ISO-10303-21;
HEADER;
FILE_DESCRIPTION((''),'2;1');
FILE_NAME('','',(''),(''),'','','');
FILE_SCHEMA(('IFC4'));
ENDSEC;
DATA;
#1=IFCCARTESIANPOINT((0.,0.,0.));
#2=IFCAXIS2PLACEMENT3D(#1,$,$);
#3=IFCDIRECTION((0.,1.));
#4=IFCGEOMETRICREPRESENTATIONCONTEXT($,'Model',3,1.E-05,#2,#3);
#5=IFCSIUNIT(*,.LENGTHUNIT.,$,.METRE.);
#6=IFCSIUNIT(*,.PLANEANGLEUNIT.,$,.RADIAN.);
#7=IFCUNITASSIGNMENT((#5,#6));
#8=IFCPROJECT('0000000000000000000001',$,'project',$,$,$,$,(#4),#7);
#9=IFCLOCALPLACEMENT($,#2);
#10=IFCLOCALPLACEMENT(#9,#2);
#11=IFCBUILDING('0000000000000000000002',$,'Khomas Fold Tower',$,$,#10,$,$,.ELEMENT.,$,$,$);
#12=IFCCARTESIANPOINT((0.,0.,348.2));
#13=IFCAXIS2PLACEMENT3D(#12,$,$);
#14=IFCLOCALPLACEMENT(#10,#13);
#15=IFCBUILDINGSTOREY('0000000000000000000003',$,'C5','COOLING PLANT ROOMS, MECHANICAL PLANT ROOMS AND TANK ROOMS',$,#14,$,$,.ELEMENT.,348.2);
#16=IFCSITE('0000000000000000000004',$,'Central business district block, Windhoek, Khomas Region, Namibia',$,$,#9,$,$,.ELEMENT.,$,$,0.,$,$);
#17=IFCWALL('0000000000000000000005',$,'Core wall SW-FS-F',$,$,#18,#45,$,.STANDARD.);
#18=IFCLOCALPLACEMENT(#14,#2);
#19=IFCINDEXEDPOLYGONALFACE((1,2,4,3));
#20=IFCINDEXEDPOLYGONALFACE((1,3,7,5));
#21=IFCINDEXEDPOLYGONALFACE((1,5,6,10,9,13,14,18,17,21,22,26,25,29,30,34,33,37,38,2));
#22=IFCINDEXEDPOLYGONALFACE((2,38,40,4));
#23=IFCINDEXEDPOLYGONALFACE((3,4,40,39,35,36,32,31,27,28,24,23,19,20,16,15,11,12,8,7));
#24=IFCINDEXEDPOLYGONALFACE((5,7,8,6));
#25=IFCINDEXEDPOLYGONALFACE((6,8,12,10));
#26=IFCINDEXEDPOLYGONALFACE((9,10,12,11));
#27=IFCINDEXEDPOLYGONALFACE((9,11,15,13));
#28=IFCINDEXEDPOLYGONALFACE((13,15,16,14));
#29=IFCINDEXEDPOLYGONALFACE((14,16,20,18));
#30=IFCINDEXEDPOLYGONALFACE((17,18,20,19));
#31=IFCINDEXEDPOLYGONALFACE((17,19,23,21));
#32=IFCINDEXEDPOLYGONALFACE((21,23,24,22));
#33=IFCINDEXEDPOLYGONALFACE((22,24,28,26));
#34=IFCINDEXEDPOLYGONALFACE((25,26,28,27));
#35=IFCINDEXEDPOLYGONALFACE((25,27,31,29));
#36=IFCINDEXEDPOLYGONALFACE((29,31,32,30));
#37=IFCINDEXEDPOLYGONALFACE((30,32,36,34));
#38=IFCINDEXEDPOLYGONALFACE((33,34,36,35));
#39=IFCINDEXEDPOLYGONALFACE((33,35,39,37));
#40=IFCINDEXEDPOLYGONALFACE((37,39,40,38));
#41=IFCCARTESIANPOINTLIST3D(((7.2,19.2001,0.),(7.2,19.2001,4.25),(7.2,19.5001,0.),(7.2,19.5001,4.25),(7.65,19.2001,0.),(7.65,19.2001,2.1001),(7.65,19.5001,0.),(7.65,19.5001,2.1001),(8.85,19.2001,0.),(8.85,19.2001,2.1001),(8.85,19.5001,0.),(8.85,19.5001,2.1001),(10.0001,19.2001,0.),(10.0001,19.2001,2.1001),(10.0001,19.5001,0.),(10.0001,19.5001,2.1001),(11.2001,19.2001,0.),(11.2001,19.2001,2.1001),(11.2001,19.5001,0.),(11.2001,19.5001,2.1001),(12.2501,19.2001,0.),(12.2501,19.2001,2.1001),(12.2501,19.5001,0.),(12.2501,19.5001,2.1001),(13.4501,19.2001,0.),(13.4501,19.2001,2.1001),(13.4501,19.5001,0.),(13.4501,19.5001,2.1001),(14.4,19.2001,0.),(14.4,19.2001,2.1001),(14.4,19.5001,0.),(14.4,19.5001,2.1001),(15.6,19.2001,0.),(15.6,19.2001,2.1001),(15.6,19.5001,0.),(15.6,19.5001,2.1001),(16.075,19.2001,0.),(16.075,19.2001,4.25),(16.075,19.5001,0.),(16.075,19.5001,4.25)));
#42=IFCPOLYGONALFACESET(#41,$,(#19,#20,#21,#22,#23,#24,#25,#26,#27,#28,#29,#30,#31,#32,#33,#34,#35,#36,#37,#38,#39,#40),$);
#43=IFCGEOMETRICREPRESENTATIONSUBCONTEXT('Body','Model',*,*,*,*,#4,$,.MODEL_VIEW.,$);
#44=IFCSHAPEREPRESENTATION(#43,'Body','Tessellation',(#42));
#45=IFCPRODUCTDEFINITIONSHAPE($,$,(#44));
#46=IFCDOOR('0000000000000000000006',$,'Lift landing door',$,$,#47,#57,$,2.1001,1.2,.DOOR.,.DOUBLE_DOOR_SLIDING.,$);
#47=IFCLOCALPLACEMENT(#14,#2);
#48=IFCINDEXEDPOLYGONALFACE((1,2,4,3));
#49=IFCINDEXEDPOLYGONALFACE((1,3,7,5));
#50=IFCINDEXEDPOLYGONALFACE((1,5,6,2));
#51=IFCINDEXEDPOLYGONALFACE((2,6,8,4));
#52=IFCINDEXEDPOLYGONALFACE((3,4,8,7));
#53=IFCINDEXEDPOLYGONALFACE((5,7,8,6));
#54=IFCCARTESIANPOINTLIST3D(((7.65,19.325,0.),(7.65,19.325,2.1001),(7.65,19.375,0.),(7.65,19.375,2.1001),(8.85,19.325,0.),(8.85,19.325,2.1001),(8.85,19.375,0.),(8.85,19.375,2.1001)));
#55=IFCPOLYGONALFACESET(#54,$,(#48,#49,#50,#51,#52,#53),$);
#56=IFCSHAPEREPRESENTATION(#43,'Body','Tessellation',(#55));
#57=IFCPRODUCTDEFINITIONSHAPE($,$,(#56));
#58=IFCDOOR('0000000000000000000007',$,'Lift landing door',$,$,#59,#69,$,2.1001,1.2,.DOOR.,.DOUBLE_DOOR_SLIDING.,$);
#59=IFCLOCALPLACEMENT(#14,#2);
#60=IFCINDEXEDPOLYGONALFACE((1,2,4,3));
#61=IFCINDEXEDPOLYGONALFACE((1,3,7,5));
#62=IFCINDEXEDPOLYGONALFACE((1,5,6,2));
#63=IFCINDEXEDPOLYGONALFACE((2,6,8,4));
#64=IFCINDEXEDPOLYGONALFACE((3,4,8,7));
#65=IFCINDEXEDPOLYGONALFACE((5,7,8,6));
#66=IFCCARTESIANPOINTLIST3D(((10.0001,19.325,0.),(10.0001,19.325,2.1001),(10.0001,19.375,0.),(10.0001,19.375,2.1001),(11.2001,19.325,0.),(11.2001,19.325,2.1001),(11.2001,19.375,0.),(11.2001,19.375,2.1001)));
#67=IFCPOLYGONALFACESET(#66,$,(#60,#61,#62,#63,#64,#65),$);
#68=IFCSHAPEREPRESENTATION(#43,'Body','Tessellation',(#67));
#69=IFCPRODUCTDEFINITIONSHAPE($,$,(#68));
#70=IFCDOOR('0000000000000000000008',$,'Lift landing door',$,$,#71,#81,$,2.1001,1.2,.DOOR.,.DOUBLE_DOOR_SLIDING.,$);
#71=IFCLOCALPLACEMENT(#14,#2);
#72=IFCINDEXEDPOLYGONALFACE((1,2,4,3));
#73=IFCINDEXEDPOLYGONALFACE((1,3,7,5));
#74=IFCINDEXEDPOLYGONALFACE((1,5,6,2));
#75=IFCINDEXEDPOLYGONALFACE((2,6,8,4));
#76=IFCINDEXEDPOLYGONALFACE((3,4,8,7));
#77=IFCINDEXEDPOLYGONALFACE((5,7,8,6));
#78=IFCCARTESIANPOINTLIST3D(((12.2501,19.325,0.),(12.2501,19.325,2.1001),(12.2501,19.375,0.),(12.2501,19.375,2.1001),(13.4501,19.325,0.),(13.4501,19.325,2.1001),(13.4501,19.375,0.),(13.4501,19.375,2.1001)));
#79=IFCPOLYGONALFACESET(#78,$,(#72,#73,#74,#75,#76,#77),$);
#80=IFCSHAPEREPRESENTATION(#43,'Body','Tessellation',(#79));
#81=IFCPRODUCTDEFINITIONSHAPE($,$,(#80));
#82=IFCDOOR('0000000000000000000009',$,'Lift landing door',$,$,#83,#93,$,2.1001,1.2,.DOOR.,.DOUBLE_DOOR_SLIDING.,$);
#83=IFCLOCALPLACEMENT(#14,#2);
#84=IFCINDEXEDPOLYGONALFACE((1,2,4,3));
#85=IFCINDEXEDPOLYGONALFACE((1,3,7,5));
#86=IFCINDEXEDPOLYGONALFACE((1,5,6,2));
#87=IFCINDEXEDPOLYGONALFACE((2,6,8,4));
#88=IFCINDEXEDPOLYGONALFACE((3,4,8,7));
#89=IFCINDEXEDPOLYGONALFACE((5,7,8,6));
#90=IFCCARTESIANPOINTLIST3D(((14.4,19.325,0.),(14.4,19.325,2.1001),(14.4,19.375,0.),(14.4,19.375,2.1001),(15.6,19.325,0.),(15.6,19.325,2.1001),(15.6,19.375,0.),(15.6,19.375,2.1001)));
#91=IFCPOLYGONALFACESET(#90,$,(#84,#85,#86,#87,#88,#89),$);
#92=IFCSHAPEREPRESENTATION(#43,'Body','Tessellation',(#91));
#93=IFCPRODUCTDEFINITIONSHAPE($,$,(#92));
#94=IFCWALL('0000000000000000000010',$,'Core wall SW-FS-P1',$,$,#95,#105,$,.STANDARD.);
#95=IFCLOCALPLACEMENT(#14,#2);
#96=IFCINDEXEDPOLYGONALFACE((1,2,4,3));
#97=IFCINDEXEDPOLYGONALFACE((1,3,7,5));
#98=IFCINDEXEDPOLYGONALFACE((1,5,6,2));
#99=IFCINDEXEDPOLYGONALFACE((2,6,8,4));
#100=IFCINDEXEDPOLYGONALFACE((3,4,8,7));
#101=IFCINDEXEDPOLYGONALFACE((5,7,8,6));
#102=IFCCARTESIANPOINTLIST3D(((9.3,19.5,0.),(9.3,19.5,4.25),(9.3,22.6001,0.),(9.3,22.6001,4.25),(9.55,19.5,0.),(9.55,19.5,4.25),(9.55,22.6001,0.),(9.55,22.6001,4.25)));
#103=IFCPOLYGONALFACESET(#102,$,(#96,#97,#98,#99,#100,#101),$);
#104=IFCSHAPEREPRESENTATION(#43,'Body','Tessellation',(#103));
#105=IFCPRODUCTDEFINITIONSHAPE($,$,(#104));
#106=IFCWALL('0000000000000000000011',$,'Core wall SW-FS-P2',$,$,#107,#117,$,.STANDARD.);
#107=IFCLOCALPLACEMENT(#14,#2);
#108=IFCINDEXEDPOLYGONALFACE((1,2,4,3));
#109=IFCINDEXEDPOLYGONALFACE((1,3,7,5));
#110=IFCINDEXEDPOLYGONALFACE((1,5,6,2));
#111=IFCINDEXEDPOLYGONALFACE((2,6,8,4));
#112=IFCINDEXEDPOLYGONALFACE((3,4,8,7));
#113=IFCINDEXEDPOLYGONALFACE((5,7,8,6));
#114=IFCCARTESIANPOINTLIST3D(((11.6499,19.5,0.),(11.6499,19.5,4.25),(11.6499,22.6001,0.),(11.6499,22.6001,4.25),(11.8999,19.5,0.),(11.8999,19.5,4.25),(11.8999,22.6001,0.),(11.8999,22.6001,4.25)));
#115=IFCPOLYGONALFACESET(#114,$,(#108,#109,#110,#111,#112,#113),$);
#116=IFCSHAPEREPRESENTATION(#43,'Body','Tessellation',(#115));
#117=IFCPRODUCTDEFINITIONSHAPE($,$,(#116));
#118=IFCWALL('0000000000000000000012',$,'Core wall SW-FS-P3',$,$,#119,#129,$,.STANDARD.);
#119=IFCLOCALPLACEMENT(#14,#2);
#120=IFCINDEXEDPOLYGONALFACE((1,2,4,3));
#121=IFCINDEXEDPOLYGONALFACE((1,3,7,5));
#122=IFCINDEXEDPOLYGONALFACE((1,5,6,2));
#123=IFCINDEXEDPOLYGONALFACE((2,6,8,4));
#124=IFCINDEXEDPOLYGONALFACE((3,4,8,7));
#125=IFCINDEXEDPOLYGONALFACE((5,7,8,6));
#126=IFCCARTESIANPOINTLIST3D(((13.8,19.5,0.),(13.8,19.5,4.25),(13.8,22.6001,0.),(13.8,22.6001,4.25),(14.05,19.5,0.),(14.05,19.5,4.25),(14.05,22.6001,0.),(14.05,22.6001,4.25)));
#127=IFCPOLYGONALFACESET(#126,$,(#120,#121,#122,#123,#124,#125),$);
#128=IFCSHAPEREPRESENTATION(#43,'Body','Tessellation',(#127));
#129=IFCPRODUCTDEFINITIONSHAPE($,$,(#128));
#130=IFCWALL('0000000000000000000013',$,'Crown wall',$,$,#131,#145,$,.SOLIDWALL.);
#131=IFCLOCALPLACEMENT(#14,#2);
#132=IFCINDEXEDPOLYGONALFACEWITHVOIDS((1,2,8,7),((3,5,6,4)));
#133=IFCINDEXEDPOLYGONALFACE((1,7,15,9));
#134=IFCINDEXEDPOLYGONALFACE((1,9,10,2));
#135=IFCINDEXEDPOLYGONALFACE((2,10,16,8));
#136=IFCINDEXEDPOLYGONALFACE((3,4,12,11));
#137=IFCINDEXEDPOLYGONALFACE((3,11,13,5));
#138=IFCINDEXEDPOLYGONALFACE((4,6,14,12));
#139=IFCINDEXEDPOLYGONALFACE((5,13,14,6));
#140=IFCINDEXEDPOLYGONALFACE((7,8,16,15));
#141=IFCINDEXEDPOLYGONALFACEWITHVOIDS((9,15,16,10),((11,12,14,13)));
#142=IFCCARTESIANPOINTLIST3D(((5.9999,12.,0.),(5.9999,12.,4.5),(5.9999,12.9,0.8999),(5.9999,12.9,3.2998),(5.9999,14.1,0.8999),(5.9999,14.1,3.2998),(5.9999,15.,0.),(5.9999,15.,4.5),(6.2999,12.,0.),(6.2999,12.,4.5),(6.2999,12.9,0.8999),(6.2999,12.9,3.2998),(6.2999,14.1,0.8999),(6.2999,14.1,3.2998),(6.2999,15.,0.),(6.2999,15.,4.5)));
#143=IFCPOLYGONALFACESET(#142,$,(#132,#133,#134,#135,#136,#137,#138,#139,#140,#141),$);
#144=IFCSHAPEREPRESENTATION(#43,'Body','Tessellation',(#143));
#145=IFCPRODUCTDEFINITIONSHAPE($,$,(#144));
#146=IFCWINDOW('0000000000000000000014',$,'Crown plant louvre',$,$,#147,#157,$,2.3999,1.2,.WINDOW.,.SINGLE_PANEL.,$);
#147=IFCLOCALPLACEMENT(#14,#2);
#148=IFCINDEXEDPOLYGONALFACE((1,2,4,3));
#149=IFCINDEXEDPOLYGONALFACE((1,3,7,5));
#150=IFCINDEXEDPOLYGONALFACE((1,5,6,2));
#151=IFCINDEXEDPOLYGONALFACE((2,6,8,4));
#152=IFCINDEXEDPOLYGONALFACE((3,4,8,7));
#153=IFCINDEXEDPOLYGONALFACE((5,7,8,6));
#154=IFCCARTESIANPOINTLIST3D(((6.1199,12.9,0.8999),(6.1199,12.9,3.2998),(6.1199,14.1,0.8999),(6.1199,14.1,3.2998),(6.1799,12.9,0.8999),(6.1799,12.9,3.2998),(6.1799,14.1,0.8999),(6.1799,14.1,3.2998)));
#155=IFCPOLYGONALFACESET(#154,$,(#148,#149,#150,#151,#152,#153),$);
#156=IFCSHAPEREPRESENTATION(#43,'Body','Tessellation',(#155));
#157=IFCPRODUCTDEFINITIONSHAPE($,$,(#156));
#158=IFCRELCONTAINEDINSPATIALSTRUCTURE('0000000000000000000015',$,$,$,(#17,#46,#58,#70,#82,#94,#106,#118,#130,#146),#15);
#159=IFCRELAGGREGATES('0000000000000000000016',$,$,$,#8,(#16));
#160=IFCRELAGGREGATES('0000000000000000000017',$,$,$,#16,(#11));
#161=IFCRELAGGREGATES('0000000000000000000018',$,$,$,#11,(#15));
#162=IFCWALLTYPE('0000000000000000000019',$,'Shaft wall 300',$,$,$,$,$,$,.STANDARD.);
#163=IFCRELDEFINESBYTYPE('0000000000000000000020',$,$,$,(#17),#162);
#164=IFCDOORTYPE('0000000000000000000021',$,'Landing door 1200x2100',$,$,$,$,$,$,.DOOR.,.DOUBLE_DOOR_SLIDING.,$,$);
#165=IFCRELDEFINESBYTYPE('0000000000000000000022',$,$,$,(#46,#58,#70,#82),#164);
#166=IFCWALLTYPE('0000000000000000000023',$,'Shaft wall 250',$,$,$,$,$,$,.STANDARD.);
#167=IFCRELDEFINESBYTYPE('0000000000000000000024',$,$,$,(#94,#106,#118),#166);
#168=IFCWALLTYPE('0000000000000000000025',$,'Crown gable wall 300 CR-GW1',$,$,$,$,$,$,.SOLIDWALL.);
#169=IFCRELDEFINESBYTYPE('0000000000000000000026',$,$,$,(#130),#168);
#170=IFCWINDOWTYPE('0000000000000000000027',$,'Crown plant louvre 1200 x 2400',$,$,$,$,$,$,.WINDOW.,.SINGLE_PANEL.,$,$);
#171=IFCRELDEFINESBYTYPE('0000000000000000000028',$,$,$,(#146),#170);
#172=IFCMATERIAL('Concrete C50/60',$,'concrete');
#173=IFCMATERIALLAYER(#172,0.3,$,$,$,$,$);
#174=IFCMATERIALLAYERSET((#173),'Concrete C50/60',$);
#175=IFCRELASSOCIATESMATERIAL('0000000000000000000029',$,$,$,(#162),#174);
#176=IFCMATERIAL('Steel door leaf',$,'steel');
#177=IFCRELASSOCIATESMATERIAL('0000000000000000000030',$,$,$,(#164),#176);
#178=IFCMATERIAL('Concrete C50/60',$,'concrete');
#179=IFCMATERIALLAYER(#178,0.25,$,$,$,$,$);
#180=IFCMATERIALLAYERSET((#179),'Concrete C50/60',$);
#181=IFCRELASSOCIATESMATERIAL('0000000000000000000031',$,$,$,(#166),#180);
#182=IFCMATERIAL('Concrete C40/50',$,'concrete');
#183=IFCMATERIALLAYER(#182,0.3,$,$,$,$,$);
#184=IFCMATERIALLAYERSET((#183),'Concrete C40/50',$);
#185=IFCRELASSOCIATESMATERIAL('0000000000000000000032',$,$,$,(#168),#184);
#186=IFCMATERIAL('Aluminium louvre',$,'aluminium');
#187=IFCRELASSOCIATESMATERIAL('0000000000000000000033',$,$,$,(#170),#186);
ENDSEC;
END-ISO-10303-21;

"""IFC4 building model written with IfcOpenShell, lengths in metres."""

from ifc_helpers import new_model, si_unit, direction, frame, frame_2d, origin, place, context, subcontext, project, spatial, rectangle, extrude, source, transform, mapped, material, layer, layer_set, type_object, element, fill, save


model = new_model("IFC4")

# Units and contexts
model_context = context("Model", 3, precision=1e-05, world=origin(), true_north=direction((0.0, 1.0)))
body_context = subcontext(model_context, "Body", "Model", "MODEL_VIEW")
ifc_project = project(units=[si_unit("LENGTHUNIT", "METRE"), si_unit("PLANEANGLEUNIT", "RADIAN")], contexts=[model_context])

# Site, building, storey
site_placement = place(None, origin())
site = spatial("IfcSite", under=ifc_project, at=site_placement, Name="Central business district block, Windhoek, Khomas Region, Namibia", CompositionType="ELEMENT", RefElevation=0.0)
building_placement = place(site_placement, origin())
building = spatial("IfcBuilding", under=site, at=building_placement, Name="Khomas Fold Tower", CompositionType="ELEMENT")
storey_placement = place(building_placement, frame((0.0, 0.0, 348.2)))
storey = spatial("IfcBuildingStorey", under=building, at=storey_placement, Name="C5", Description="COOLING PLANT ROOMS, MECHANICAL PLANT ROOMS AND TANK ROOMS", CompositionType="ELEMENT", Elevation=348.2)

# Wall, openings, doors
ifc_material_1 = material(Name="Concrete C50/60", Category="concrete")
ifc_layer_1 = layer(ifc_material_1, 0.3)
ifc_layer_set_1 = layer_set([ifc_layer_1], Name="Concrete C50/60")
wall_type_1 = type_object("IfcWallType", Name="Shaft wall 300", PredefinedType="STANDARD", material=ifc_layer_set_1)
shared_shape_1 = source(origin(), body_context, "Body", "SweptSolid", [
    extrude(rectangle(XDim=8.875, YDim=0.3, at=frame_2d((4.4375, 0.0))), origin(), (0.0, 0.0, 1.0), 4.25),
])
wall_1_placement = place(storey_placement, frame((7.2, 19.3501, 0.0), z_axis=(0.0, 0.0, 1.0), x_axis=(1.0, 0.0, 0.0)))
wall_1 = element("IfcWall", 1, at=wall_1_placement, inside=storey, type_object=wall_type_1, Name="Core wall SW-FS-F", PredefinedType="STANDARD", context=body_context, shape_type="MappedRepresentation", body=[
    mapped(shared_shape_1, transform((0.0, 0.0, 0.0))),
])
shared_shape_2 = source(origin(), body_context, "Body", "SweptSolid", [
    extrude(rectangle(XDim=1.2, YDim=2.1001, at=frame_2d((0.6001, 1.05))), frame((0.0, 0.1599, 0.0), z_axis=(0.0, -1.0, 0.0), x_axis=(1.0, 0.0, 0.0)), (0.0, 0.0, 1.0), 0.3201),
])
opening_1_placement = place(wall_1_placement, frame((0.45, 0.0, 0.0)))
opening_1 = element("IfcOpeningElement", 2, at=opening_1_placement, cuts=wall_1, PredefinedType="OPENING", context=body_context, shape_type="MappedRepresentation", body=[
    mapped(shared_shape_2, transform((0.0, 0.0, 0.0))),
])
opening_2_placement = place(wall_1_placement, frame((2.8, 0.0, 0.0)))
opening_2 = element("IfcOpeningElement", 3, at=opening_2_placement, cuts=wall_1, PredefinedType="OPENING", context=body_context, shape_type="MappedRepresentation", body=[
    mapped(shared_shape_2, transform((0.0, 0.0, 0.0))),
])
opening_3_placement = place(wall_1_placement, frame((5.05, 0.0, 0.0)))
opening_3 = element("IfcOpeningElement", 4, at=opening_3_placement, cuts=wall_1, PredefinedType="OPENING", context=body_context, shape_type="MappedRepresentation", body=[
    mapped(shared_shape_2, transform((0.0, 0.0, 0.0))),
])
opening_4_placement = place(wall_1_placement, frame((7.2, 0.0, 0.0)))
opening_4 = element("IfcOpeningElement", 5, at=opening_4_placement, cuts=wall_1, PredefinedType="OPENING", context=body_context, shape_type="MappedRepresentation", body=[
    mapped(shared_shape_2, transform((0.0, 0.0, 0.0))),
])
ifc_material_2 = material(Name="Steel door leaf", Category="steel")
door_type_1 = type_object("IfcDoorType", Name="Landing door 1200x2100", OperationType="DOUBLE_DOOR_SLIDING", PredefinedType="DOOR", material=ifc_material_2)
shared_shape_3 = source(origin(), body_context, "Body", "SweptSolid", [
    extrude(rectangle(XDim=1.2, YDim=2.1001, at=frame_2d((0.6001, 1.05))), frame((0.0, 0.0249, 0.0), z_axis=(0.0, -1.0, 0.0), x_axis=(1.0, 0.0, 0.0)), (0.0, 0.0, 1.0), 0.05),
])
door_1_placement = place(opening_1_placement, origin())
door_1 = element("IfcDoor", 6, at=door_1_placement, inside=storey, type_object=door_type_1, Name="Lift landing door", OperationType="DOUBLE_DOOR_SLIDING", OverallHeight=2.1001, OverallWidth=1.2, PredefinedType="DOOR", context=body_context, shape_type="MappedRepresentation", body=[
    mapped(shared_shape_3, transform((0.0, 0.0, 0.0))),
])
fill(opening_1, door_1)
door_2_placement = place(opening_2_placement, origin())
door_2 = element("IfcDoor", 7, at=door_2_placement, inside=storey, type_object=door_type_1, Name="Lift landing door", OperationType="DOUBLE_DOOR_SLIDING", OverallHeight=2.1001, OverallWidth=1.2, PredefinedType="DOOR", context=body_context, shape_type="MappedRepresentation", body=[
    mapped(shared_shape_3, transform((0.0, 0.0, 0.0))),
])
fill(opening_2, door_2)
door_3_placement = place(opening_3_placement, origin())
door_3 = element("IfcDoor", 8, at=door_3_placement, inside=storey, type_object=door_type_1, Name="Lift landing door", OperationType="DOUBLE_DOOR_SLIDING", OverallHeight=2.1001, OverallWidth=1.2, PredefinedType="DOOR", context=body_context, shape_type="MappedRepresentation", body=[
    mapped(shared_shape_3, transform((0.0, 0.0, 0.0))),
])
fill(opening_3, door_3)
door_4_placement = place(opening_4_placement, origin())
door_4 = element("IfcDoor", 9, at=door_4_placement, inside=storey, type_object=door_type_1, Name="Lift landing door", OperationType="DOUBLE_DOOR_SLIDING", OverallHeight=2.1001, OverallWidth=1.2, PredefinedType="DOOR", context=body_context, shape_type="MappedRepresentation", body=[
    mapped(shared_shape_3, transform((0.0, 0.0, 0.0))),
])
fill(opening_4, door_4)

# Walls
ifc_material_3 = material(Name="Concrete C50/60", Category="concrete")
ifc_layer_2 = layer(ifc_material_3, 0.25)
ifc_layer_set_2 = layer_set([ifc_layer_2], Name="Concrete C50/60")
wall_type_2 = type_object("IfcWallType", Name="Shaft wall 250", PredefinedType="STANDARD", material=ifc_layer_set_2)
shared_shape_4 = source(origin(), body_context, "Body", "SweptSolid", [
    extrude(rectangle(XDim=3.1001, YDim=0.25, at=frame_2d((1.55, 0.0))), origin(), (0.0, 0.0, 1.0), 4.25),
])
for number, where, z_axis, x_axis, name in (
    (10, (9.425, 19.5, 0.0), (0.0, 0.0, 1.0), (0.0, 1.0, 0.0), "Core wall SW-FS-P1"),
    (11, (11.7749, 19.5, 0.0), (0.0, 0.0, 1.0), (0.0, 1.0, 0.0), "Core wall SW-FS-P2"),
    (12, (13.925, 19.5, 0.0), (0.0, 0.0, 1.0), (0.0, 1.0, 0.0), "Core wall SW-FS-P3"),
):
    element("IfcWall", number, at=place(storey_placement, frame(where, z_axis=z_axis, x_axis=x_axis)), inside=storey, type_object=wall_type_2, Name=name, PredefinedType="STANDARD", context=body_context, shape_type="MappedRepresentation", body=[
        mapped(shared_shape_4, transform((0.0, 0.0, 0.0))),
    ])

# Wall, opening, window
ifc_material_4 = material(Name="Concrete C40/50", Category="concrete")
ifc_layer_3 = layer(ifc_material_4, 0.3)
ifc_layer_set_3 = layer_set([ifc_layer_3], Name="Concrete C40/50")
wall_type_3 = type_object("IfcWallType", Name="Crown gable wall 300 CR-GW1", PredefinedType="SOLIDWALL", material=ifc_layer_set_3)
shared_shape_5 = source(origin(), body_context, "Body", "SweptSolid", [
    extrude(rectangle(XDim=3.0, YDim=0.3, at=frame_2d((1.5, 0.0))), origin(), (0.0, 0.0, 1.0), 4.5),
])
wall_2_placement = place(storey_placement, frame((6.1499, 15.0, 0.0), z_axis=(0.0, 0.0, 1.0), x_axis=(0.0, -1.0, 0.0)))
wall_2 = element("IfcWall", 13, at=wall_2_placement, inside=storey, type_object=wall_type_3, Name="Crown wall", PredefinedType="SOLIDWALL", context=body_context, shape_type="MappedRepresentation", body=[
    mapped(shared_shape_5, transform((0.0, 0.0, 0.0))),
])
shared_shape_6 = source(origin(), body_context, "Body", "SweptSolid", [
    extrude(rectangle(XDim=1.2, YDim=2.3999, at=frame_2d((0.6001, 1.2))), frame((0.0, 0.1599, 0.0), z_axis=(0.0, -1.0, 0.0), x_axis=(1.0, 0.0, 0.0)), (0.0, 0.0, 1.0), 0.3201),
])
opening_5_placement = place(wall_2_placement, frame((0.8999, 0.0, 0.8999)))
opening_5 = element("IfcOpeningElement", 14, at=opening_5_placement, cuts=wall_2, PredefinedType="OPENING", context=body_context, shape_type="MappedRepresentation", body=[
    mapped(shared_shape_6, transform((0.0, 0.0, 0.0))),
])
ifc_material_5 = material(Name="Aluminium louvre", Category="aluminium")
window_type = type_object("IfcWindowType", Name="Crown plant louvre 1200 x 2400", PartitioningType="SINGLE_PANEL", PredefinedType="WINDOW", material=ifc_material_5)
shared_shape_7 = source(origin(), body_context, "Body", "SweptSolid", [
    extrude(rectangle(XDim=1.2, YDim=2.3999, at=frame_2d((0.6001, 1.2))), frame((0.0, 0.03, 0.0), z_axis=(0.0, -1.0, 0.0), x_axis=(1.0, 0.0, 0.0)), (0.0, 0.0, 1.0), 0.0601),
])
window_placement = place(opening_5_placement, origin())
window = element("IfcWindow", 15, at=window_placement, inside=storey, type_object=window_type, Name="Crown plant louvre", OverallHeight=2.3999, OverallWidth=1.2, PartitioningType="SINGLE_PANEL", PredefinedType="WINDOW", context=body_context, shape_type="MappedRepresentation", body=[
    mapped(shared_shape_7, transform((0.0, 0.0, 0.0))),
])
fill(opening_5, window)

save(model, "model.ifc")
